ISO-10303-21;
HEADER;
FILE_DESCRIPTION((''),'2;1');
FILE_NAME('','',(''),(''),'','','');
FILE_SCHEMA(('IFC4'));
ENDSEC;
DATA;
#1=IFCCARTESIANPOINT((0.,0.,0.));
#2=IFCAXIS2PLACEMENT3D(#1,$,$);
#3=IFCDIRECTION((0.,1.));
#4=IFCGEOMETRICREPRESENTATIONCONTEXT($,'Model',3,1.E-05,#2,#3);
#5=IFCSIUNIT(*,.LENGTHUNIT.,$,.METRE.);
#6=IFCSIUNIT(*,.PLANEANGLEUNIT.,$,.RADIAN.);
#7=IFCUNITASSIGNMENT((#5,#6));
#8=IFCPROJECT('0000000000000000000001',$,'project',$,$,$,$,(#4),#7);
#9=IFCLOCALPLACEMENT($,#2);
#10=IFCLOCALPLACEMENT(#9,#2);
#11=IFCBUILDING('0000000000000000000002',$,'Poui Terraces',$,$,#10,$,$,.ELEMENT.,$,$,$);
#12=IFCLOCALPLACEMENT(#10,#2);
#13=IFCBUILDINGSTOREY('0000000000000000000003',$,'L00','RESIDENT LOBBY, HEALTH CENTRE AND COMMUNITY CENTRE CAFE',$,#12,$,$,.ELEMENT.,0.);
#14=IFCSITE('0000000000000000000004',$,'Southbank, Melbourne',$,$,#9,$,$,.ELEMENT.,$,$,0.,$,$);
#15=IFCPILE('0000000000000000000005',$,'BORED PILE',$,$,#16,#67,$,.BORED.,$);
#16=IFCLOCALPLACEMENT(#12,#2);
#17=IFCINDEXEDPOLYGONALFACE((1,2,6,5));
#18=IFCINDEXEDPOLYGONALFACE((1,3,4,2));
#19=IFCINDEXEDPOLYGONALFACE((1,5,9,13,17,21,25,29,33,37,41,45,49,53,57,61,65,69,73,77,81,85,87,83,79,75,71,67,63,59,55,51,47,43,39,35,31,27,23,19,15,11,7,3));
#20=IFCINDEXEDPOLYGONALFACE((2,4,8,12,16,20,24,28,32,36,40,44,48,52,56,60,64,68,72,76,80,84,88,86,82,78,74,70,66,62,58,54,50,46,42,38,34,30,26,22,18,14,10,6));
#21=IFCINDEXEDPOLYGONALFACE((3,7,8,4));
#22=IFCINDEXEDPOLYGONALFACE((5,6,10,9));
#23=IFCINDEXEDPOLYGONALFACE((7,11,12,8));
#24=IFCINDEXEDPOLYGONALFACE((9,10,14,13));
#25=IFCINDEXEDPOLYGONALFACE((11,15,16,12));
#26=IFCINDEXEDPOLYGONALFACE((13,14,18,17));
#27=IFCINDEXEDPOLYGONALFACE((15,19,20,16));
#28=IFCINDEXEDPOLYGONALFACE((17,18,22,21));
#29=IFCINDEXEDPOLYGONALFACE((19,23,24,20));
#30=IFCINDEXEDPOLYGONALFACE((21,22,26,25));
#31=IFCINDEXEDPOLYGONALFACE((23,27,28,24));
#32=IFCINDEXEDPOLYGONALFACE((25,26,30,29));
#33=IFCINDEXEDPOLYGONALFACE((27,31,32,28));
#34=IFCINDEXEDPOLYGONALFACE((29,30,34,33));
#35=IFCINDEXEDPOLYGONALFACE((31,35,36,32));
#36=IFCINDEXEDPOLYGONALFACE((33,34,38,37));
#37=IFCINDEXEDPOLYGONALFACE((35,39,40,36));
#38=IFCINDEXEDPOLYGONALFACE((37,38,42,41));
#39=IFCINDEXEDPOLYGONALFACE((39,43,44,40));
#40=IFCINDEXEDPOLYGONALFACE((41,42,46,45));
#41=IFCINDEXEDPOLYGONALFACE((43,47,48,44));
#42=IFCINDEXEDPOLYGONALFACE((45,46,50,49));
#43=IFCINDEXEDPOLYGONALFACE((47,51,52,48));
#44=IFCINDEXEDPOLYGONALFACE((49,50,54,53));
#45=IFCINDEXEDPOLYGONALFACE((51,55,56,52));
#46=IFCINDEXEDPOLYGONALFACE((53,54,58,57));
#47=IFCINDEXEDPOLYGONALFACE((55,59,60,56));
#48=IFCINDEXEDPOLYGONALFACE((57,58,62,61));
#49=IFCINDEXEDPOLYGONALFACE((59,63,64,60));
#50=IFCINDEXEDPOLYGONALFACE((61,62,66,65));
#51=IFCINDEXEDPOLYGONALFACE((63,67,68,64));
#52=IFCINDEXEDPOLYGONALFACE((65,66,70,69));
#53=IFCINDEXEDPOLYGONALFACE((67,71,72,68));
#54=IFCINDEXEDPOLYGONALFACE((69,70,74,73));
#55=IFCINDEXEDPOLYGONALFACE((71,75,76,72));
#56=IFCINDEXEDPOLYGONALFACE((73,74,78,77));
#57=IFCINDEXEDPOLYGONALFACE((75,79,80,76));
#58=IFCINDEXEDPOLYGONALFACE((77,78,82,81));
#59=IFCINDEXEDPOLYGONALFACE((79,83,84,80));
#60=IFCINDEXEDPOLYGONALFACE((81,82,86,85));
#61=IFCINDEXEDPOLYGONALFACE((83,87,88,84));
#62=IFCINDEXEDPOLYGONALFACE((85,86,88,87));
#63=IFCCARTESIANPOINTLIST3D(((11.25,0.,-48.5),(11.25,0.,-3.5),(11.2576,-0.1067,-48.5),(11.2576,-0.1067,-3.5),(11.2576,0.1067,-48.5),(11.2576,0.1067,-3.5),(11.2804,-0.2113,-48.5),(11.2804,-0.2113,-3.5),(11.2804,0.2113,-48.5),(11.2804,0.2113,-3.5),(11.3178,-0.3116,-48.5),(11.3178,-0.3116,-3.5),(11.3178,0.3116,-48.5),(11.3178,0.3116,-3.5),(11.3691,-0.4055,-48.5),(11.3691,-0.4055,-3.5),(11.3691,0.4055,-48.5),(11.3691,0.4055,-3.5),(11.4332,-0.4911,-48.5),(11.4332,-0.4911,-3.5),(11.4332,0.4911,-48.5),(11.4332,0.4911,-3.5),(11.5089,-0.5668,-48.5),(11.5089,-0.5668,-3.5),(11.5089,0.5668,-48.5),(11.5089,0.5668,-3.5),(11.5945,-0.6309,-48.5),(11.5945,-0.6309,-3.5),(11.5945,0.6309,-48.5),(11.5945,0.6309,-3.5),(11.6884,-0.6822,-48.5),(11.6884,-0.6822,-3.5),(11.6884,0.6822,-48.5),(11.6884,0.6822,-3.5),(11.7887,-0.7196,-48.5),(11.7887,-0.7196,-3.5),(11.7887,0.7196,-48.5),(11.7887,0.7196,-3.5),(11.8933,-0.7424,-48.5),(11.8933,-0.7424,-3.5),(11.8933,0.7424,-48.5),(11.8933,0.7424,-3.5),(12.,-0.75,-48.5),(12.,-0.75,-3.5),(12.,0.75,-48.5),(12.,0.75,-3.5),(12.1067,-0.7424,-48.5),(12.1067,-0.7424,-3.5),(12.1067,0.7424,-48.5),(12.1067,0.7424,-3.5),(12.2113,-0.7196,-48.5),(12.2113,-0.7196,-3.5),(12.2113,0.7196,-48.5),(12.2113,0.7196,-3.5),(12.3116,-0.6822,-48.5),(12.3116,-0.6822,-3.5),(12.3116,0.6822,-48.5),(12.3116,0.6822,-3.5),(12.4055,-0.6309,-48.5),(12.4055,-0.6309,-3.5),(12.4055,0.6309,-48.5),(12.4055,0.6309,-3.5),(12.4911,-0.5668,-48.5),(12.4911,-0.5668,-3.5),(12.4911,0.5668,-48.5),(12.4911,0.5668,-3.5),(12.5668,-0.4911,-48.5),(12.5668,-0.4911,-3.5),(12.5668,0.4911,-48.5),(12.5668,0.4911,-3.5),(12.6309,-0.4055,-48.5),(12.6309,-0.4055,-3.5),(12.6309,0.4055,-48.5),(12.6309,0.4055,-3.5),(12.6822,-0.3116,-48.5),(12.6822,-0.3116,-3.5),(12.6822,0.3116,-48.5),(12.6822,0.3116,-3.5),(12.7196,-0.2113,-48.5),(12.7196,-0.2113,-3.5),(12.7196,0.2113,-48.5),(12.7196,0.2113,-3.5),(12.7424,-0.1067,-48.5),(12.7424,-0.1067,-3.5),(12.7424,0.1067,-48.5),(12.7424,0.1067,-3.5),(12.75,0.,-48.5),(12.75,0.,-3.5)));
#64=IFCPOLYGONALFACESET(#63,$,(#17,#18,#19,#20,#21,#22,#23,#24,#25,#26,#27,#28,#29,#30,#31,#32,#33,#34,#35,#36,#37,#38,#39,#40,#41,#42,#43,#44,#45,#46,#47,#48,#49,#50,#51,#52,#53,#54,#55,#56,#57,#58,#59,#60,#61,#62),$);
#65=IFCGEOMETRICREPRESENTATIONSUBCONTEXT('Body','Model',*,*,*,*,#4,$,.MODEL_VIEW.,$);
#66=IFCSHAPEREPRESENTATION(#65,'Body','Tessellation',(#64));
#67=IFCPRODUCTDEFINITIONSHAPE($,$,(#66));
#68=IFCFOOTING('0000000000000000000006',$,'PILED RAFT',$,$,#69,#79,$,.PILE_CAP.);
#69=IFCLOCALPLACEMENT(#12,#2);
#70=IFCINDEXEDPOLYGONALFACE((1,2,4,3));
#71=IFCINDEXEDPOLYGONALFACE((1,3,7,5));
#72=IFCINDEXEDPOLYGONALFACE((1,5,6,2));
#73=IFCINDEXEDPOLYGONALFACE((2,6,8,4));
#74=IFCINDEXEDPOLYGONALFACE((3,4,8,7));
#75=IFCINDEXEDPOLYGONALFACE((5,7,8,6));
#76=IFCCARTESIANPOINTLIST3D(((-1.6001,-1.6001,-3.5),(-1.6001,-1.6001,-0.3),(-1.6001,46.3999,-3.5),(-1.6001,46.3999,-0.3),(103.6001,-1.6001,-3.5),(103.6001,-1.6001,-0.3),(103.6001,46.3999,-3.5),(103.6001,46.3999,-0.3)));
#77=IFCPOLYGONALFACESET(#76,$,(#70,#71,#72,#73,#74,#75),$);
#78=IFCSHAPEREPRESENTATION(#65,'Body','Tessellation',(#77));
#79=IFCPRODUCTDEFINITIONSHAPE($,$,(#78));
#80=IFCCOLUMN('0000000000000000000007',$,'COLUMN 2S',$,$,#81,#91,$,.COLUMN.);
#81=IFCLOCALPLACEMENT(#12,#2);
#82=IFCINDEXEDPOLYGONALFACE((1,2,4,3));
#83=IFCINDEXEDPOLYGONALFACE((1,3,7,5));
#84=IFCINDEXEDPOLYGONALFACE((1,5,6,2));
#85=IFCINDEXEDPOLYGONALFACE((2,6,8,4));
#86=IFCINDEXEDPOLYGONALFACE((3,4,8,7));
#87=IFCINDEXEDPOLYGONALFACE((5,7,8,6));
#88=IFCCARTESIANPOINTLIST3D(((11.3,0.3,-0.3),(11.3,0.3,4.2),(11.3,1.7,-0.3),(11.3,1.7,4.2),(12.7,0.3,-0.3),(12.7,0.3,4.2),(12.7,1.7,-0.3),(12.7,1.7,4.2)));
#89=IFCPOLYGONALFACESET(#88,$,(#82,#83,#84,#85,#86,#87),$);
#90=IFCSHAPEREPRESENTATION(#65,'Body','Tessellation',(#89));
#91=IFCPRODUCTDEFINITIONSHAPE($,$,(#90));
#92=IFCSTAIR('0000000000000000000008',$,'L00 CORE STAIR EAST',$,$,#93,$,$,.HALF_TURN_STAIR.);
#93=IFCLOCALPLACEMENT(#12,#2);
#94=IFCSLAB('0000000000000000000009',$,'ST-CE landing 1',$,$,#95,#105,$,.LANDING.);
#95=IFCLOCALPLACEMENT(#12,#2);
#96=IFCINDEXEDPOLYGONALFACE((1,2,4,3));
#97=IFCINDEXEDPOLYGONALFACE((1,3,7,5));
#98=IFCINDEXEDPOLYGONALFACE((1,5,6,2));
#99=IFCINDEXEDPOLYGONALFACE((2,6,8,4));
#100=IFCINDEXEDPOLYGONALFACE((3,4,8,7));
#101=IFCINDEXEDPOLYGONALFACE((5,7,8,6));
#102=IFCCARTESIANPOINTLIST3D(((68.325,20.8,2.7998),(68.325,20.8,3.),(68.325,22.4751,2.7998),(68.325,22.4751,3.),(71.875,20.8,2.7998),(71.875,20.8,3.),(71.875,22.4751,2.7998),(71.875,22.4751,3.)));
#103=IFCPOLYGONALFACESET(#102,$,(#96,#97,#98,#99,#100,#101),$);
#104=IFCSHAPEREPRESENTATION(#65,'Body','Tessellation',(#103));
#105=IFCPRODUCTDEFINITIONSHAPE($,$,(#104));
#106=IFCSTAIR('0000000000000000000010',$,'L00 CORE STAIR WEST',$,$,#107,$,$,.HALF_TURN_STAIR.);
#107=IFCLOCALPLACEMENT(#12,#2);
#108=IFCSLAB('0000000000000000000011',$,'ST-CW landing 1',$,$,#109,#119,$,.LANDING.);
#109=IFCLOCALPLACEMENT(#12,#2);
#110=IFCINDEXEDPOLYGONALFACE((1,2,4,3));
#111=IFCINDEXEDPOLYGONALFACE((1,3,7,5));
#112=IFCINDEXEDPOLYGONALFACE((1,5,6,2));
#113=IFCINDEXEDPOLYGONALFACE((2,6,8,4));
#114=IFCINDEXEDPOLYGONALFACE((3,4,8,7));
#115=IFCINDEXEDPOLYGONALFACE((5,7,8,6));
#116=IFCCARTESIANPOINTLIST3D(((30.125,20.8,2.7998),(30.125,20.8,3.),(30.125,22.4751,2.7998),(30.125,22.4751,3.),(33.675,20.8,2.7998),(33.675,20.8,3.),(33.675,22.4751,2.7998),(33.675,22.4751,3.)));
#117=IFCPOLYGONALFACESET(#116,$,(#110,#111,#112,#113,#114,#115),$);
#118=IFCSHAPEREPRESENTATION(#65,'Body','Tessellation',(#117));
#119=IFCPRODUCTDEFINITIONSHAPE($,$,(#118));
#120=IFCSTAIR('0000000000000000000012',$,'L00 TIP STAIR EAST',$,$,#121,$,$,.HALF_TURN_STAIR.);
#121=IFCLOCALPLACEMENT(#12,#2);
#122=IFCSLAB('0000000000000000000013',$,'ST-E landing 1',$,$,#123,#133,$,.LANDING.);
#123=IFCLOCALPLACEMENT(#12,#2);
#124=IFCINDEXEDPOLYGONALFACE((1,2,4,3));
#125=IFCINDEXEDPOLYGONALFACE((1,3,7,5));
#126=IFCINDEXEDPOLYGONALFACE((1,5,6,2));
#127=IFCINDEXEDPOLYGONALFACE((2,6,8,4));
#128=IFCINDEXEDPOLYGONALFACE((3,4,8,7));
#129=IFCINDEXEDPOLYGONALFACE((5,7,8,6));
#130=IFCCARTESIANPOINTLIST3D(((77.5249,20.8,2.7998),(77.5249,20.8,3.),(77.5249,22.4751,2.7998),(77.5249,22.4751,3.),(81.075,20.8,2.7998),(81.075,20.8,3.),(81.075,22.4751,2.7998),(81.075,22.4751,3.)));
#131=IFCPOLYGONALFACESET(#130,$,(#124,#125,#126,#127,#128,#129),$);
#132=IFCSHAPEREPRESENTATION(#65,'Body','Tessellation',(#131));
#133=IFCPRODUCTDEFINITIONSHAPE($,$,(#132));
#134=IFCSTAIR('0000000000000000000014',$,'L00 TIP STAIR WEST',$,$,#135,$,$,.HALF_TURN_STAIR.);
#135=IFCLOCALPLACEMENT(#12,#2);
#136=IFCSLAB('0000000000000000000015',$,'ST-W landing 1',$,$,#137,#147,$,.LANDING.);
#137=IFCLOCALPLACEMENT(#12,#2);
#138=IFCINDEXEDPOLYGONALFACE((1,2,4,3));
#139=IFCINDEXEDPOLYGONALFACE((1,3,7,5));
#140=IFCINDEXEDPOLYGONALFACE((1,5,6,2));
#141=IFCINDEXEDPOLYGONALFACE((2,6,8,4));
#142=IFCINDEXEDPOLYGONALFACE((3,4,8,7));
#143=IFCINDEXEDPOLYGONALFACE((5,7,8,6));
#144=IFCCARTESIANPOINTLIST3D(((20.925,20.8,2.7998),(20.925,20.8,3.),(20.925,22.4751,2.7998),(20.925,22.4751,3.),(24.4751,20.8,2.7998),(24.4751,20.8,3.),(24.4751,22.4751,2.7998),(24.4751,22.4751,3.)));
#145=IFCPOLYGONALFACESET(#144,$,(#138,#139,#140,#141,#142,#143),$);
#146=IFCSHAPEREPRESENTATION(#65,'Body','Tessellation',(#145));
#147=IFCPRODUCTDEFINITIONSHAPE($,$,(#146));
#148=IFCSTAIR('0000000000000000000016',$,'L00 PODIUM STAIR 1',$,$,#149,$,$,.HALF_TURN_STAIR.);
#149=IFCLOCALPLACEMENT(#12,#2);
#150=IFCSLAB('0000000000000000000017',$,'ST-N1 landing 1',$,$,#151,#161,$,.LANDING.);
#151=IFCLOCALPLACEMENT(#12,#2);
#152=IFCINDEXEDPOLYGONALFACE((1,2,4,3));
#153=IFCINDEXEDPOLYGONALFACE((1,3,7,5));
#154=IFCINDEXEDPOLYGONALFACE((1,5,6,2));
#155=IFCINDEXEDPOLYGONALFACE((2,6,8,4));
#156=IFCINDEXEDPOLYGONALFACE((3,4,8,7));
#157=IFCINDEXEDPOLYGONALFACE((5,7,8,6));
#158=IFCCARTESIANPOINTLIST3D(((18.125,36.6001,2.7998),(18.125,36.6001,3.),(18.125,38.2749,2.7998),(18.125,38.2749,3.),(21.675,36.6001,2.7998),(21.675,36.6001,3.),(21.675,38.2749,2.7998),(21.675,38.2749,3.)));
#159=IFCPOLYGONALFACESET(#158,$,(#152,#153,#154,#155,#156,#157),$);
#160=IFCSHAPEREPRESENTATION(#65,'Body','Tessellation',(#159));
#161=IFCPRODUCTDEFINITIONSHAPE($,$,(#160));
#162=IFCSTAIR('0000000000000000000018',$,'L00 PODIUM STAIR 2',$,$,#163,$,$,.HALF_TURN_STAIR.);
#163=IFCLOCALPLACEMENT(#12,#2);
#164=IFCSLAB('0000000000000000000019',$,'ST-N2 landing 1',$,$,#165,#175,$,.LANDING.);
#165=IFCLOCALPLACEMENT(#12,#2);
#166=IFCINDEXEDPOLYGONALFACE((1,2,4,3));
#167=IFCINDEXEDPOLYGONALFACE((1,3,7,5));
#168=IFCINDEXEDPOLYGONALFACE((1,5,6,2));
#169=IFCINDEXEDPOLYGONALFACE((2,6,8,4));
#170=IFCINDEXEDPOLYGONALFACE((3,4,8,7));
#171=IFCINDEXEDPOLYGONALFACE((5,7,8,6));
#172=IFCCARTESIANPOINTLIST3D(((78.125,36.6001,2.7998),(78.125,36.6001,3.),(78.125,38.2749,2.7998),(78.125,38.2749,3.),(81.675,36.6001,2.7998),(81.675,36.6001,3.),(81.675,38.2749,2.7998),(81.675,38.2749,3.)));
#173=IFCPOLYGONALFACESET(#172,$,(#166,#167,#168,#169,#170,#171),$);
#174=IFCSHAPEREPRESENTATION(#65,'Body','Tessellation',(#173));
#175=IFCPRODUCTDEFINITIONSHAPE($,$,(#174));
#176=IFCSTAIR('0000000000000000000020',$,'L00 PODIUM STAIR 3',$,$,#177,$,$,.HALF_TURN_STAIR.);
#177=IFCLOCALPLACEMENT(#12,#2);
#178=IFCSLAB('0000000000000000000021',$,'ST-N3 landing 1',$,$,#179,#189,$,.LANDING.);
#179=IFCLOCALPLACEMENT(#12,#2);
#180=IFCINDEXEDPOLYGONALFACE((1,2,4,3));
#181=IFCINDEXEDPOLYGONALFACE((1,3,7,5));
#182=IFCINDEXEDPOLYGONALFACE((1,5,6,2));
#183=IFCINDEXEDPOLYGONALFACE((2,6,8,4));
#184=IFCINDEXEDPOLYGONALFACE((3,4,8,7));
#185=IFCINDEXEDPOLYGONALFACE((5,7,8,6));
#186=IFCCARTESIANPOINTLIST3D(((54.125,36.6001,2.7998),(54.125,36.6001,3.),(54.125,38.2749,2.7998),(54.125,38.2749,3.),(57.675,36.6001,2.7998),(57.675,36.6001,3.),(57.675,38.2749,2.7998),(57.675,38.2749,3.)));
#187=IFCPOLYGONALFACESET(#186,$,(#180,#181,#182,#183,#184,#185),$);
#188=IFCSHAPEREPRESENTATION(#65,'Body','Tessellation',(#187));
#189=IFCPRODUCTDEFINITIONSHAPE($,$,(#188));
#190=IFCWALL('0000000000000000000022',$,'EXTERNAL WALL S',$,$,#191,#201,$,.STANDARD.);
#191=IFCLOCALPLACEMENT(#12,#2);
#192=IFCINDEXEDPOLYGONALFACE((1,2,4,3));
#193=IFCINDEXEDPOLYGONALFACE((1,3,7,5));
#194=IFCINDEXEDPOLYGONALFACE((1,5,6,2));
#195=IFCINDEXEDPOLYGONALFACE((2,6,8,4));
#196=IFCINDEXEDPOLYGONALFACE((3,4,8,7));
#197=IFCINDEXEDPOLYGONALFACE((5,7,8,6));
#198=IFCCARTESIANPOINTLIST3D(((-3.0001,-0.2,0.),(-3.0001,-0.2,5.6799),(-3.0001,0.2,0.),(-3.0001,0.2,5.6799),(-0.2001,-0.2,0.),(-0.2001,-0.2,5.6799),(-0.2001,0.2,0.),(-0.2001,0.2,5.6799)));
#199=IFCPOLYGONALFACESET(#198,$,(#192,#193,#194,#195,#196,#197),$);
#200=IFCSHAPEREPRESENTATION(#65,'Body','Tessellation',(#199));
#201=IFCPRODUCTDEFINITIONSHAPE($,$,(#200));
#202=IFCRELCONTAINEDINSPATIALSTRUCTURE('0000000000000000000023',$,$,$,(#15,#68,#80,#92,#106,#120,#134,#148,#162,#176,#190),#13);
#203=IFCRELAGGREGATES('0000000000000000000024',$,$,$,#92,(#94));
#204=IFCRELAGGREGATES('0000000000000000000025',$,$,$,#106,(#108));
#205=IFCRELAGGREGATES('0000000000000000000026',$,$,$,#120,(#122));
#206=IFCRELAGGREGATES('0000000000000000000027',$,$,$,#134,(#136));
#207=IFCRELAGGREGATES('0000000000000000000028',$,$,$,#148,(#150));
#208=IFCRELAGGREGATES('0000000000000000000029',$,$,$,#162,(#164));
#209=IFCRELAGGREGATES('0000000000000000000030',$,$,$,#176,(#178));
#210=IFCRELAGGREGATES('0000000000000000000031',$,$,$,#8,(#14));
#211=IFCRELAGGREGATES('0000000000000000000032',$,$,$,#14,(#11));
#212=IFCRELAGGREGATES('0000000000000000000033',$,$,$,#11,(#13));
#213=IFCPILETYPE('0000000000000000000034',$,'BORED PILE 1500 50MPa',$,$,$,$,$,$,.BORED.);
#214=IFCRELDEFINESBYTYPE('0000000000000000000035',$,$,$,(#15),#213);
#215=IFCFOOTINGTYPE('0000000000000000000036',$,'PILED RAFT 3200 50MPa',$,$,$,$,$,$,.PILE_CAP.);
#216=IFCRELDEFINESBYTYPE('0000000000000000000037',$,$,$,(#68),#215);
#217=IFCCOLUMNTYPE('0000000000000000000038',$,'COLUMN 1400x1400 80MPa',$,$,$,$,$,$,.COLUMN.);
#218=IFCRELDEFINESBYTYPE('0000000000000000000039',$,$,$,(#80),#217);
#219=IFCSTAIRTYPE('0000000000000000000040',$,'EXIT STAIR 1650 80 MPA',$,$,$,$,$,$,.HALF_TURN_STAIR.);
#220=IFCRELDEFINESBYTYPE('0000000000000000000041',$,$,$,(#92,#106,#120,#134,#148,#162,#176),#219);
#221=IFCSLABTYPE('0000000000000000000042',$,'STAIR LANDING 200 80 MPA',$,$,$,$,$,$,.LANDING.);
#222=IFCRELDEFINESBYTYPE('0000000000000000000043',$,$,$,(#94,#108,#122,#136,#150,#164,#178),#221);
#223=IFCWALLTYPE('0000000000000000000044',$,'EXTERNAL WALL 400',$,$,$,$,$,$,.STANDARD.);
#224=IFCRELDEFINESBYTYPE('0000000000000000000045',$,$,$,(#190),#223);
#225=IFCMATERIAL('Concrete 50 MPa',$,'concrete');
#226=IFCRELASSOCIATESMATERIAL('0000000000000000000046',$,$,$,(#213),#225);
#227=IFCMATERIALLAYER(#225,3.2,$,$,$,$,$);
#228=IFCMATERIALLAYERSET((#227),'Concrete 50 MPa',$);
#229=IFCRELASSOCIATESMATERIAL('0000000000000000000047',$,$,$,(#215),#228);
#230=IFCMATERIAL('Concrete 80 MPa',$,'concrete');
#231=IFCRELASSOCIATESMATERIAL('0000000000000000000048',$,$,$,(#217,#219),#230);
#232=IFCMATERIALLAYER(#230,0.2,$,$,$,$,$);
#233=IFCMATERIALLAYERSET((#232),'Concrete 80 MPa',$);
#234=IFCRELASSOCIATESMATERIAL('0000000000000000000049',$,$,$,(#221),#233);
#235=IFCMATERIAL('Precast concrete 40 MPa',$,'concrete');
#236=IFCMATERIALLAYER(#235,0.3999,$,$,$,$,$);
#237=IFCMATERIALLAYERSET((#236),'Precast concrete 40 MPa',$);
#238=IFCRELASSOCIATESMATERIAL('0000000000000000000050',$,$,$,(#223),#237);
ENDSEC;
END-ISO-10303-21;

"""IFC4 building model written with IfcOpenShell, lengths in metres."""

from ifc_helpers import new_model, si_unit, direction, frame, frame_2d, origin, origin_2d, place, context, subcontext, project, spatial, polyline, rectangle, circle, outline, extrude, source, transform, mapped, material, layer, layer_set, material_profile, profile_set, type_object, element, aggregate, save


model = new_model("IFC4")

# Units and contexts
model_context = context("Model", 3, precision=1e-05, world=origin(), true_north=direction((0.0, 1.0)))
body_context = subcontext(model_context, "Body", "Model", "MODEL_VIEW")
ifc_project = project(units=[si_unit("LENGTHUNIT", "METRE"), si_unit("PLANEANGLEUNIT", "RADIAN")], contexts=[model_context])

# Site, building, storey
site_placement = place(None, origin())
site = spatial("IfcSite", under=ifc_project, at=site_placement, Name="Southbank, Melbourne", CompositionType="ELEMENT", RefElevation=0.0)
building_placement = place(site_placement, origin())
building = spatial("IfcBuilding", under=site, at=building_placement, Name="Poui Terraces", CompositionType="ELEMENT")
storey_placement = place(building_placement, origin())
storey = spatial("IfcBuildingStorey", under=building, at=storey_placement, Name="L00", Description="RESIDENT LOBBY, HEALTH CENTRE AND COMMUNITY CENTRE CAFE", CompositionType="ELEMENT", Elevation=0.0)

# Pile
ifc_material_1 = material(Name="Concrete 50 MPa", Category="concrete")
ifc_material_profile_1 = material_profile(ifc_material_1, circle(Radius=0.75, at=origin_2d()), Name="RC D1500")
ifc_profile_set_1 = profile_set([ifc_material_profile_1], Name="Concrete 50 MPa")
pile_type = type_object("IfcPileType", Name="BORED PILE 1500 50MPa", PredefinedType="BORED", material=ifc_profile_set_1)
for number, where, z_axis, x_axis, name in (
    (1, (12.0, 0.0, -3.5), (0.0, 0.0, -1.0), (1.0, 0.0, 0.0), "BORED PILE"),
):
    element("IfcPile", number, at=place(storey_placement, frame(where, z_axis=z_axis, x_axis=x_axis)), inside=storey, type_object=pile_type, Name=name, PredefinedType="BORED", context=body_context, shape_type="SweptSolid", body=[
        extrude(circle(Radius=0.75, at=origin_2d()), origin(), (0.0, 0.0, 1.0), 45.0),
    ])

# Footing
ifc_layer_1 = layer(ifc_material_1, 3.2)
ifc_layer_set_1 = layer_set([ifc_layer_1], Name="Concrete 50 MPa")
footing_type = type_object("IfcFootingType", Name="PILED RAFT 3200 50MPa", PredefinedType="PILE_CAP", material=ifc_layer_set_1)
footing_placement = place(storey_placement, frame((0.0, 0.0, -3.5)))
element("IfcFooting", 2, at=footing_placement, inside=storey, type_object=footing_type, Name="PILED RAFT", PredefinedType="PILE_CAP", context=body_context, shape_type="SweptSolid", body=[
    extrude(outline(polyline([(-1.6001, -1.6001), (103.6001, -1.6001), (103.6001, 46.3999), (-1.6001, 46.3999), (-1.6001, -1.6001)])), origin(), (0.0, 0.0, 1.0), 3.2),
])

# Column
ifc_material_2 = material(Name="Concrete 80 MPa", Category="concrete")
ifc_material_profile_2 = material_profile(ifc_material_2, rectangle(XDim=1.3999, YDim=1.3999, at=origin_2d()), Name="RC 1400x1400")
ifc_profile_set_2 = profile_set([ifc_material_profile_2], Name="Concrete 80 MPa")
column_type = type_object("IfcColumnType", Name="COLUMN 1400x1400 80MPa", PredefinedType="COLUMN", material=ifc_profile_set_2)
shared_shape_1 = source(origin(), body_context, "Body", "SweptSolid", [
    extrude(rectangle(XDim=1.3999, YDim=1.3999, at=origin_2d()), origin(), (0.0, 0.0, 1.0), 4.5),
])
column_placement = place(storey_placement, frame((12.0, 1.0, -0.3), z_axis=(0.0, 0.0, 1.0), x_axis=(1.0, 0.0, 0.0)))
element("IfcColumn", 3, at=column_placement, inside=storey, type_object=column_type, Name="COLUMN 2S", PredefinedType="COLUMN", context=body_context, shape_type="MappedRepresentation", body=[
    mapped(shared_shape_1, transform((0.0, 0.0, 0.0))),
])

# Stairs, slabs
stair_type = type_object("IfcStairType", Name="EXIT STAIR 1650 80 MPA", PredefinedType="HALF_TURN_STAIR", material=ifc_material_2)
stair_1_placement = place(storey_placement, origin())
stair_1 = element("IfcStair", 4, at=stair_1_placement, inside=storey, type_object=stair_type, Name="L00 CORE STAIR EAST", PredefinedType="HALF_TURN_STAIR")
ifc_layer_2 = layer(ifc_material_2, 0.2)
ifc_layer_set_2 = layer_set([ifc_layer_2], Name="Concrete 80 MPa")
slab_type_1 = type_object("IfcSlabType", Name="STAIR LANDING 200 80 MPA", PredefinedType="LANDING", material=ifc_layer_set_2)
slab_1_placement = place(storey_placement, frame((0.0, 0.0, 2.7998)))
slab_1 = element("IfcSlab", 5, at=slab_1_placement, type_object=slab_type_1, Name="ST-CE landing 1", PredefinedType="LANDING", context=body_context, shape_type="SweptSolid", body=[
    extrude(outline(polyline([(68.325, 20.8), (71.875, 20.8), (71.875, 22.4751), (68.325, 22.4751), (68.325, 20.8)])), origin(), (0.0, 0.0, 1.0), 0.2002),
])
aggregate(stair_1, [slab_1])
stair_2_placement = place(storey_placement, origin())
stair_2 = element("IfcStair", 6, at=stair_2_placement, inside=storey, type_object=stair_type, Name="L00 CORE STAIR WEST", PredefinedType="HALF_TURN_STAIR")
slab_2_placement = place(storey_placement, frame((0.0, 0.0, 2.7998)))
slab_2 = element("IfcSlab", 7, at=slab_2_placement, type_object=slab_type_1, Name="ST-CW landing 1", PredefinedType="LANDING", context=body_context, shape_type="SweptSolid", body=[
    extrude(outline(polyline([(30.125, 20.8), (33.675, 20.8), (33.675, 22.4751), (30.125, 22.4751), (30.125, 20.8)])), origin(), (0.0, 0.0, 1.0), 0.2002),
])
aggregate(stair_2, [slab_2])
stair_3_placement = place(storey_placement, origin())
stair_3 = element("IfcStair", 8, at=stair_3_placement, inside=storey, type_object=stair_type, Name="L00 TIP STAIR EAST", PredefinedType="HALF_TURN_STAIR")
slab_3_placement = place(storey_placement, frame((0.0, 0.0, 2.7998)))
slab_3 = element("IfcSlab", 9, at=slab_3_placement, type_object=slab_type_1, Name="ST-E landing 1", PredefinedType="LANDING", context=body_context, shape_type="SweptSolid", body=[
    extrude(outline(polyline([(77.5249, 20.8), (81.075, 20.8), (81.075, 22.4751), (77.5249, 22.4751), (77.5249, 20.8)])), origin(), (0.0, 0.0, 1.0), 0.2002),
])
aggregate(stair_3, [slab_3])
stair_4_placement = place(storey_placement, origin())
stair_4 = element("IfcStair", 10, at=stair_4_placement, inside=storey, type_object=stair_type, Name="L00 TIP STAIR WEST", PredefinedType="HALF_TURN_STAIR")
slab_4_placement = place(storey_placement, frame((0.0, 0.0, 2.7998)))
slab_4 = element("IfcSlab", 11, at=slab_4_placement, type_object=slab_type_1, Name="ST-W landing 1", PredefinedType="LANDING", context=body_context, shape_type="SweptSolid", body=[
    extrude(outline(polyline([(20.925, 20.8), (24.4751, 20.8), (24.4751, 22.4751), (20.925, 22.4751), (20.925, 20.8)])), origin(), (0.0, 0.0, 1.0), 0.2002),
])
aggregate(stair_4, [slab_4])
stair_5_placement = place(storey_placement, origin())
stair_5 = element("IfcStair", 12, at=stair_5_placement, inside=storey, type_object=stair_type, Name="L00 PODIUM STAIR 1", PredefinedType="HALF_TURN_STAIR")
slab_5_placement = place(storey_placement, frame((0.0, 0.0, 2.7998)))
slab_5 = element("IfcSlab", 13, at=slab_5_placement, type_object=slab_type_1, Name="ST-N1 landing 1", PredefinedType="LANDING", context=body_context, shape_type="SweptSolid", body=[
    extrude(outline(polyline([(18.125, 36.6001), (21.675, 36.6001), (21.675, 38.2749), (18.125, 38.2749), (18.125, 36.6001)])), origin(), (0.0, 0.0, 1.0), 0.2002),
])
aggregate(stair_5, [slab_5])
stair_6_placement = place(storey_placement, origin())
stair_6 = element("IfcStair", 14, at=stair_6_placement, inside=storey, type_object=stair_type, Name="L00 PODIUM STAIR 2", PredefinedType="HALF_TURN_STAIR")
slab_6_placement = place(storey_placement, frame((0.0, 0.0, 2.7998)))
slab_6 = element("IfcSlab", 15, at=slab_6_placement, type_object=slab_type_1, Name="ST-N2 landing 1", PredefinedType="LANDING", context=body_context, shape_type="SweptSolid", body=[
    extrude(outline(polyline([(78.125, 36.6001), (81.675, 36.6001), (81.675, 38.2749), (78.125, 38.2749), (78.125, 36.6001)])), origin(), (0.0, 0.0, 1.0), 0.2002),
])
aggregate(stair_6, [slab_6])
stair_7_placement = place(storey_placement, origin())
stair_7 = element("IfcStair", 16, at=stair_7_placement, inside=storey, type_object=stair_type, Name="L00 PODIUM STAIR 3", PredefinedType="HALF_TURN_STAIR")
slab_7_placement = place(storey_placement, frame((0.0, 0.0, 2.7998)))
slab_7 = element("IfcSlab", 17, at=slab_7_placement, type_object=slab_type_1, Name="ST-N3 landing 1", PredefinedType="LANDING", context=body_context, shape_type="SweptSolid", body=[
    extrude(outline(polyline([(54.125, 36.6001), (57.675, 36.6001), (57.675, 38.2749), (54.125, 38.2749), (54.125, 36.6001)])), origin(), (0.0, 0.0, 1.0), 0.2002),
])
aggregate(stair_7, [slab_7])

# Wall
ifc_material_3 = material(Name="Precast concrete 40 MPa", Category="concrete")
ifc_layer_3 = layer(ifc_material_3, 0.3999)
ifc_layer_set_3 = layer_set([ifc_layer_3], Name="Precast concrete 40 MPa")
wall_type_1 = type_object("IfcWallType", Name="EXTERNAL WALL 400", PredefinedType="STANDARD", material=ifc_layer_set_3)
wall_1_placement = place(storey_placement, frame((-3.0, 0.0, 0.0), z_axis=(0.0, 0.0, 1.0), x_axis=(1.0, 0.0, 0.0)))
element("IfcWall", 18, at=wall_1_placement, inside=storey, type_object=wall_type_1, Name="EXTERNAL WALL S", PredefinedType="STANDARD", context=body_context, shape_type="SweptSolid", body=[
    extrude(rectangle(XDim=2.8, YDim=0.3999, at=frame_2d((1.3999, 0.0))), origin(), (0.0, 0.0, 1.0), 5.6799),
])

save(model, "model.ifc")
